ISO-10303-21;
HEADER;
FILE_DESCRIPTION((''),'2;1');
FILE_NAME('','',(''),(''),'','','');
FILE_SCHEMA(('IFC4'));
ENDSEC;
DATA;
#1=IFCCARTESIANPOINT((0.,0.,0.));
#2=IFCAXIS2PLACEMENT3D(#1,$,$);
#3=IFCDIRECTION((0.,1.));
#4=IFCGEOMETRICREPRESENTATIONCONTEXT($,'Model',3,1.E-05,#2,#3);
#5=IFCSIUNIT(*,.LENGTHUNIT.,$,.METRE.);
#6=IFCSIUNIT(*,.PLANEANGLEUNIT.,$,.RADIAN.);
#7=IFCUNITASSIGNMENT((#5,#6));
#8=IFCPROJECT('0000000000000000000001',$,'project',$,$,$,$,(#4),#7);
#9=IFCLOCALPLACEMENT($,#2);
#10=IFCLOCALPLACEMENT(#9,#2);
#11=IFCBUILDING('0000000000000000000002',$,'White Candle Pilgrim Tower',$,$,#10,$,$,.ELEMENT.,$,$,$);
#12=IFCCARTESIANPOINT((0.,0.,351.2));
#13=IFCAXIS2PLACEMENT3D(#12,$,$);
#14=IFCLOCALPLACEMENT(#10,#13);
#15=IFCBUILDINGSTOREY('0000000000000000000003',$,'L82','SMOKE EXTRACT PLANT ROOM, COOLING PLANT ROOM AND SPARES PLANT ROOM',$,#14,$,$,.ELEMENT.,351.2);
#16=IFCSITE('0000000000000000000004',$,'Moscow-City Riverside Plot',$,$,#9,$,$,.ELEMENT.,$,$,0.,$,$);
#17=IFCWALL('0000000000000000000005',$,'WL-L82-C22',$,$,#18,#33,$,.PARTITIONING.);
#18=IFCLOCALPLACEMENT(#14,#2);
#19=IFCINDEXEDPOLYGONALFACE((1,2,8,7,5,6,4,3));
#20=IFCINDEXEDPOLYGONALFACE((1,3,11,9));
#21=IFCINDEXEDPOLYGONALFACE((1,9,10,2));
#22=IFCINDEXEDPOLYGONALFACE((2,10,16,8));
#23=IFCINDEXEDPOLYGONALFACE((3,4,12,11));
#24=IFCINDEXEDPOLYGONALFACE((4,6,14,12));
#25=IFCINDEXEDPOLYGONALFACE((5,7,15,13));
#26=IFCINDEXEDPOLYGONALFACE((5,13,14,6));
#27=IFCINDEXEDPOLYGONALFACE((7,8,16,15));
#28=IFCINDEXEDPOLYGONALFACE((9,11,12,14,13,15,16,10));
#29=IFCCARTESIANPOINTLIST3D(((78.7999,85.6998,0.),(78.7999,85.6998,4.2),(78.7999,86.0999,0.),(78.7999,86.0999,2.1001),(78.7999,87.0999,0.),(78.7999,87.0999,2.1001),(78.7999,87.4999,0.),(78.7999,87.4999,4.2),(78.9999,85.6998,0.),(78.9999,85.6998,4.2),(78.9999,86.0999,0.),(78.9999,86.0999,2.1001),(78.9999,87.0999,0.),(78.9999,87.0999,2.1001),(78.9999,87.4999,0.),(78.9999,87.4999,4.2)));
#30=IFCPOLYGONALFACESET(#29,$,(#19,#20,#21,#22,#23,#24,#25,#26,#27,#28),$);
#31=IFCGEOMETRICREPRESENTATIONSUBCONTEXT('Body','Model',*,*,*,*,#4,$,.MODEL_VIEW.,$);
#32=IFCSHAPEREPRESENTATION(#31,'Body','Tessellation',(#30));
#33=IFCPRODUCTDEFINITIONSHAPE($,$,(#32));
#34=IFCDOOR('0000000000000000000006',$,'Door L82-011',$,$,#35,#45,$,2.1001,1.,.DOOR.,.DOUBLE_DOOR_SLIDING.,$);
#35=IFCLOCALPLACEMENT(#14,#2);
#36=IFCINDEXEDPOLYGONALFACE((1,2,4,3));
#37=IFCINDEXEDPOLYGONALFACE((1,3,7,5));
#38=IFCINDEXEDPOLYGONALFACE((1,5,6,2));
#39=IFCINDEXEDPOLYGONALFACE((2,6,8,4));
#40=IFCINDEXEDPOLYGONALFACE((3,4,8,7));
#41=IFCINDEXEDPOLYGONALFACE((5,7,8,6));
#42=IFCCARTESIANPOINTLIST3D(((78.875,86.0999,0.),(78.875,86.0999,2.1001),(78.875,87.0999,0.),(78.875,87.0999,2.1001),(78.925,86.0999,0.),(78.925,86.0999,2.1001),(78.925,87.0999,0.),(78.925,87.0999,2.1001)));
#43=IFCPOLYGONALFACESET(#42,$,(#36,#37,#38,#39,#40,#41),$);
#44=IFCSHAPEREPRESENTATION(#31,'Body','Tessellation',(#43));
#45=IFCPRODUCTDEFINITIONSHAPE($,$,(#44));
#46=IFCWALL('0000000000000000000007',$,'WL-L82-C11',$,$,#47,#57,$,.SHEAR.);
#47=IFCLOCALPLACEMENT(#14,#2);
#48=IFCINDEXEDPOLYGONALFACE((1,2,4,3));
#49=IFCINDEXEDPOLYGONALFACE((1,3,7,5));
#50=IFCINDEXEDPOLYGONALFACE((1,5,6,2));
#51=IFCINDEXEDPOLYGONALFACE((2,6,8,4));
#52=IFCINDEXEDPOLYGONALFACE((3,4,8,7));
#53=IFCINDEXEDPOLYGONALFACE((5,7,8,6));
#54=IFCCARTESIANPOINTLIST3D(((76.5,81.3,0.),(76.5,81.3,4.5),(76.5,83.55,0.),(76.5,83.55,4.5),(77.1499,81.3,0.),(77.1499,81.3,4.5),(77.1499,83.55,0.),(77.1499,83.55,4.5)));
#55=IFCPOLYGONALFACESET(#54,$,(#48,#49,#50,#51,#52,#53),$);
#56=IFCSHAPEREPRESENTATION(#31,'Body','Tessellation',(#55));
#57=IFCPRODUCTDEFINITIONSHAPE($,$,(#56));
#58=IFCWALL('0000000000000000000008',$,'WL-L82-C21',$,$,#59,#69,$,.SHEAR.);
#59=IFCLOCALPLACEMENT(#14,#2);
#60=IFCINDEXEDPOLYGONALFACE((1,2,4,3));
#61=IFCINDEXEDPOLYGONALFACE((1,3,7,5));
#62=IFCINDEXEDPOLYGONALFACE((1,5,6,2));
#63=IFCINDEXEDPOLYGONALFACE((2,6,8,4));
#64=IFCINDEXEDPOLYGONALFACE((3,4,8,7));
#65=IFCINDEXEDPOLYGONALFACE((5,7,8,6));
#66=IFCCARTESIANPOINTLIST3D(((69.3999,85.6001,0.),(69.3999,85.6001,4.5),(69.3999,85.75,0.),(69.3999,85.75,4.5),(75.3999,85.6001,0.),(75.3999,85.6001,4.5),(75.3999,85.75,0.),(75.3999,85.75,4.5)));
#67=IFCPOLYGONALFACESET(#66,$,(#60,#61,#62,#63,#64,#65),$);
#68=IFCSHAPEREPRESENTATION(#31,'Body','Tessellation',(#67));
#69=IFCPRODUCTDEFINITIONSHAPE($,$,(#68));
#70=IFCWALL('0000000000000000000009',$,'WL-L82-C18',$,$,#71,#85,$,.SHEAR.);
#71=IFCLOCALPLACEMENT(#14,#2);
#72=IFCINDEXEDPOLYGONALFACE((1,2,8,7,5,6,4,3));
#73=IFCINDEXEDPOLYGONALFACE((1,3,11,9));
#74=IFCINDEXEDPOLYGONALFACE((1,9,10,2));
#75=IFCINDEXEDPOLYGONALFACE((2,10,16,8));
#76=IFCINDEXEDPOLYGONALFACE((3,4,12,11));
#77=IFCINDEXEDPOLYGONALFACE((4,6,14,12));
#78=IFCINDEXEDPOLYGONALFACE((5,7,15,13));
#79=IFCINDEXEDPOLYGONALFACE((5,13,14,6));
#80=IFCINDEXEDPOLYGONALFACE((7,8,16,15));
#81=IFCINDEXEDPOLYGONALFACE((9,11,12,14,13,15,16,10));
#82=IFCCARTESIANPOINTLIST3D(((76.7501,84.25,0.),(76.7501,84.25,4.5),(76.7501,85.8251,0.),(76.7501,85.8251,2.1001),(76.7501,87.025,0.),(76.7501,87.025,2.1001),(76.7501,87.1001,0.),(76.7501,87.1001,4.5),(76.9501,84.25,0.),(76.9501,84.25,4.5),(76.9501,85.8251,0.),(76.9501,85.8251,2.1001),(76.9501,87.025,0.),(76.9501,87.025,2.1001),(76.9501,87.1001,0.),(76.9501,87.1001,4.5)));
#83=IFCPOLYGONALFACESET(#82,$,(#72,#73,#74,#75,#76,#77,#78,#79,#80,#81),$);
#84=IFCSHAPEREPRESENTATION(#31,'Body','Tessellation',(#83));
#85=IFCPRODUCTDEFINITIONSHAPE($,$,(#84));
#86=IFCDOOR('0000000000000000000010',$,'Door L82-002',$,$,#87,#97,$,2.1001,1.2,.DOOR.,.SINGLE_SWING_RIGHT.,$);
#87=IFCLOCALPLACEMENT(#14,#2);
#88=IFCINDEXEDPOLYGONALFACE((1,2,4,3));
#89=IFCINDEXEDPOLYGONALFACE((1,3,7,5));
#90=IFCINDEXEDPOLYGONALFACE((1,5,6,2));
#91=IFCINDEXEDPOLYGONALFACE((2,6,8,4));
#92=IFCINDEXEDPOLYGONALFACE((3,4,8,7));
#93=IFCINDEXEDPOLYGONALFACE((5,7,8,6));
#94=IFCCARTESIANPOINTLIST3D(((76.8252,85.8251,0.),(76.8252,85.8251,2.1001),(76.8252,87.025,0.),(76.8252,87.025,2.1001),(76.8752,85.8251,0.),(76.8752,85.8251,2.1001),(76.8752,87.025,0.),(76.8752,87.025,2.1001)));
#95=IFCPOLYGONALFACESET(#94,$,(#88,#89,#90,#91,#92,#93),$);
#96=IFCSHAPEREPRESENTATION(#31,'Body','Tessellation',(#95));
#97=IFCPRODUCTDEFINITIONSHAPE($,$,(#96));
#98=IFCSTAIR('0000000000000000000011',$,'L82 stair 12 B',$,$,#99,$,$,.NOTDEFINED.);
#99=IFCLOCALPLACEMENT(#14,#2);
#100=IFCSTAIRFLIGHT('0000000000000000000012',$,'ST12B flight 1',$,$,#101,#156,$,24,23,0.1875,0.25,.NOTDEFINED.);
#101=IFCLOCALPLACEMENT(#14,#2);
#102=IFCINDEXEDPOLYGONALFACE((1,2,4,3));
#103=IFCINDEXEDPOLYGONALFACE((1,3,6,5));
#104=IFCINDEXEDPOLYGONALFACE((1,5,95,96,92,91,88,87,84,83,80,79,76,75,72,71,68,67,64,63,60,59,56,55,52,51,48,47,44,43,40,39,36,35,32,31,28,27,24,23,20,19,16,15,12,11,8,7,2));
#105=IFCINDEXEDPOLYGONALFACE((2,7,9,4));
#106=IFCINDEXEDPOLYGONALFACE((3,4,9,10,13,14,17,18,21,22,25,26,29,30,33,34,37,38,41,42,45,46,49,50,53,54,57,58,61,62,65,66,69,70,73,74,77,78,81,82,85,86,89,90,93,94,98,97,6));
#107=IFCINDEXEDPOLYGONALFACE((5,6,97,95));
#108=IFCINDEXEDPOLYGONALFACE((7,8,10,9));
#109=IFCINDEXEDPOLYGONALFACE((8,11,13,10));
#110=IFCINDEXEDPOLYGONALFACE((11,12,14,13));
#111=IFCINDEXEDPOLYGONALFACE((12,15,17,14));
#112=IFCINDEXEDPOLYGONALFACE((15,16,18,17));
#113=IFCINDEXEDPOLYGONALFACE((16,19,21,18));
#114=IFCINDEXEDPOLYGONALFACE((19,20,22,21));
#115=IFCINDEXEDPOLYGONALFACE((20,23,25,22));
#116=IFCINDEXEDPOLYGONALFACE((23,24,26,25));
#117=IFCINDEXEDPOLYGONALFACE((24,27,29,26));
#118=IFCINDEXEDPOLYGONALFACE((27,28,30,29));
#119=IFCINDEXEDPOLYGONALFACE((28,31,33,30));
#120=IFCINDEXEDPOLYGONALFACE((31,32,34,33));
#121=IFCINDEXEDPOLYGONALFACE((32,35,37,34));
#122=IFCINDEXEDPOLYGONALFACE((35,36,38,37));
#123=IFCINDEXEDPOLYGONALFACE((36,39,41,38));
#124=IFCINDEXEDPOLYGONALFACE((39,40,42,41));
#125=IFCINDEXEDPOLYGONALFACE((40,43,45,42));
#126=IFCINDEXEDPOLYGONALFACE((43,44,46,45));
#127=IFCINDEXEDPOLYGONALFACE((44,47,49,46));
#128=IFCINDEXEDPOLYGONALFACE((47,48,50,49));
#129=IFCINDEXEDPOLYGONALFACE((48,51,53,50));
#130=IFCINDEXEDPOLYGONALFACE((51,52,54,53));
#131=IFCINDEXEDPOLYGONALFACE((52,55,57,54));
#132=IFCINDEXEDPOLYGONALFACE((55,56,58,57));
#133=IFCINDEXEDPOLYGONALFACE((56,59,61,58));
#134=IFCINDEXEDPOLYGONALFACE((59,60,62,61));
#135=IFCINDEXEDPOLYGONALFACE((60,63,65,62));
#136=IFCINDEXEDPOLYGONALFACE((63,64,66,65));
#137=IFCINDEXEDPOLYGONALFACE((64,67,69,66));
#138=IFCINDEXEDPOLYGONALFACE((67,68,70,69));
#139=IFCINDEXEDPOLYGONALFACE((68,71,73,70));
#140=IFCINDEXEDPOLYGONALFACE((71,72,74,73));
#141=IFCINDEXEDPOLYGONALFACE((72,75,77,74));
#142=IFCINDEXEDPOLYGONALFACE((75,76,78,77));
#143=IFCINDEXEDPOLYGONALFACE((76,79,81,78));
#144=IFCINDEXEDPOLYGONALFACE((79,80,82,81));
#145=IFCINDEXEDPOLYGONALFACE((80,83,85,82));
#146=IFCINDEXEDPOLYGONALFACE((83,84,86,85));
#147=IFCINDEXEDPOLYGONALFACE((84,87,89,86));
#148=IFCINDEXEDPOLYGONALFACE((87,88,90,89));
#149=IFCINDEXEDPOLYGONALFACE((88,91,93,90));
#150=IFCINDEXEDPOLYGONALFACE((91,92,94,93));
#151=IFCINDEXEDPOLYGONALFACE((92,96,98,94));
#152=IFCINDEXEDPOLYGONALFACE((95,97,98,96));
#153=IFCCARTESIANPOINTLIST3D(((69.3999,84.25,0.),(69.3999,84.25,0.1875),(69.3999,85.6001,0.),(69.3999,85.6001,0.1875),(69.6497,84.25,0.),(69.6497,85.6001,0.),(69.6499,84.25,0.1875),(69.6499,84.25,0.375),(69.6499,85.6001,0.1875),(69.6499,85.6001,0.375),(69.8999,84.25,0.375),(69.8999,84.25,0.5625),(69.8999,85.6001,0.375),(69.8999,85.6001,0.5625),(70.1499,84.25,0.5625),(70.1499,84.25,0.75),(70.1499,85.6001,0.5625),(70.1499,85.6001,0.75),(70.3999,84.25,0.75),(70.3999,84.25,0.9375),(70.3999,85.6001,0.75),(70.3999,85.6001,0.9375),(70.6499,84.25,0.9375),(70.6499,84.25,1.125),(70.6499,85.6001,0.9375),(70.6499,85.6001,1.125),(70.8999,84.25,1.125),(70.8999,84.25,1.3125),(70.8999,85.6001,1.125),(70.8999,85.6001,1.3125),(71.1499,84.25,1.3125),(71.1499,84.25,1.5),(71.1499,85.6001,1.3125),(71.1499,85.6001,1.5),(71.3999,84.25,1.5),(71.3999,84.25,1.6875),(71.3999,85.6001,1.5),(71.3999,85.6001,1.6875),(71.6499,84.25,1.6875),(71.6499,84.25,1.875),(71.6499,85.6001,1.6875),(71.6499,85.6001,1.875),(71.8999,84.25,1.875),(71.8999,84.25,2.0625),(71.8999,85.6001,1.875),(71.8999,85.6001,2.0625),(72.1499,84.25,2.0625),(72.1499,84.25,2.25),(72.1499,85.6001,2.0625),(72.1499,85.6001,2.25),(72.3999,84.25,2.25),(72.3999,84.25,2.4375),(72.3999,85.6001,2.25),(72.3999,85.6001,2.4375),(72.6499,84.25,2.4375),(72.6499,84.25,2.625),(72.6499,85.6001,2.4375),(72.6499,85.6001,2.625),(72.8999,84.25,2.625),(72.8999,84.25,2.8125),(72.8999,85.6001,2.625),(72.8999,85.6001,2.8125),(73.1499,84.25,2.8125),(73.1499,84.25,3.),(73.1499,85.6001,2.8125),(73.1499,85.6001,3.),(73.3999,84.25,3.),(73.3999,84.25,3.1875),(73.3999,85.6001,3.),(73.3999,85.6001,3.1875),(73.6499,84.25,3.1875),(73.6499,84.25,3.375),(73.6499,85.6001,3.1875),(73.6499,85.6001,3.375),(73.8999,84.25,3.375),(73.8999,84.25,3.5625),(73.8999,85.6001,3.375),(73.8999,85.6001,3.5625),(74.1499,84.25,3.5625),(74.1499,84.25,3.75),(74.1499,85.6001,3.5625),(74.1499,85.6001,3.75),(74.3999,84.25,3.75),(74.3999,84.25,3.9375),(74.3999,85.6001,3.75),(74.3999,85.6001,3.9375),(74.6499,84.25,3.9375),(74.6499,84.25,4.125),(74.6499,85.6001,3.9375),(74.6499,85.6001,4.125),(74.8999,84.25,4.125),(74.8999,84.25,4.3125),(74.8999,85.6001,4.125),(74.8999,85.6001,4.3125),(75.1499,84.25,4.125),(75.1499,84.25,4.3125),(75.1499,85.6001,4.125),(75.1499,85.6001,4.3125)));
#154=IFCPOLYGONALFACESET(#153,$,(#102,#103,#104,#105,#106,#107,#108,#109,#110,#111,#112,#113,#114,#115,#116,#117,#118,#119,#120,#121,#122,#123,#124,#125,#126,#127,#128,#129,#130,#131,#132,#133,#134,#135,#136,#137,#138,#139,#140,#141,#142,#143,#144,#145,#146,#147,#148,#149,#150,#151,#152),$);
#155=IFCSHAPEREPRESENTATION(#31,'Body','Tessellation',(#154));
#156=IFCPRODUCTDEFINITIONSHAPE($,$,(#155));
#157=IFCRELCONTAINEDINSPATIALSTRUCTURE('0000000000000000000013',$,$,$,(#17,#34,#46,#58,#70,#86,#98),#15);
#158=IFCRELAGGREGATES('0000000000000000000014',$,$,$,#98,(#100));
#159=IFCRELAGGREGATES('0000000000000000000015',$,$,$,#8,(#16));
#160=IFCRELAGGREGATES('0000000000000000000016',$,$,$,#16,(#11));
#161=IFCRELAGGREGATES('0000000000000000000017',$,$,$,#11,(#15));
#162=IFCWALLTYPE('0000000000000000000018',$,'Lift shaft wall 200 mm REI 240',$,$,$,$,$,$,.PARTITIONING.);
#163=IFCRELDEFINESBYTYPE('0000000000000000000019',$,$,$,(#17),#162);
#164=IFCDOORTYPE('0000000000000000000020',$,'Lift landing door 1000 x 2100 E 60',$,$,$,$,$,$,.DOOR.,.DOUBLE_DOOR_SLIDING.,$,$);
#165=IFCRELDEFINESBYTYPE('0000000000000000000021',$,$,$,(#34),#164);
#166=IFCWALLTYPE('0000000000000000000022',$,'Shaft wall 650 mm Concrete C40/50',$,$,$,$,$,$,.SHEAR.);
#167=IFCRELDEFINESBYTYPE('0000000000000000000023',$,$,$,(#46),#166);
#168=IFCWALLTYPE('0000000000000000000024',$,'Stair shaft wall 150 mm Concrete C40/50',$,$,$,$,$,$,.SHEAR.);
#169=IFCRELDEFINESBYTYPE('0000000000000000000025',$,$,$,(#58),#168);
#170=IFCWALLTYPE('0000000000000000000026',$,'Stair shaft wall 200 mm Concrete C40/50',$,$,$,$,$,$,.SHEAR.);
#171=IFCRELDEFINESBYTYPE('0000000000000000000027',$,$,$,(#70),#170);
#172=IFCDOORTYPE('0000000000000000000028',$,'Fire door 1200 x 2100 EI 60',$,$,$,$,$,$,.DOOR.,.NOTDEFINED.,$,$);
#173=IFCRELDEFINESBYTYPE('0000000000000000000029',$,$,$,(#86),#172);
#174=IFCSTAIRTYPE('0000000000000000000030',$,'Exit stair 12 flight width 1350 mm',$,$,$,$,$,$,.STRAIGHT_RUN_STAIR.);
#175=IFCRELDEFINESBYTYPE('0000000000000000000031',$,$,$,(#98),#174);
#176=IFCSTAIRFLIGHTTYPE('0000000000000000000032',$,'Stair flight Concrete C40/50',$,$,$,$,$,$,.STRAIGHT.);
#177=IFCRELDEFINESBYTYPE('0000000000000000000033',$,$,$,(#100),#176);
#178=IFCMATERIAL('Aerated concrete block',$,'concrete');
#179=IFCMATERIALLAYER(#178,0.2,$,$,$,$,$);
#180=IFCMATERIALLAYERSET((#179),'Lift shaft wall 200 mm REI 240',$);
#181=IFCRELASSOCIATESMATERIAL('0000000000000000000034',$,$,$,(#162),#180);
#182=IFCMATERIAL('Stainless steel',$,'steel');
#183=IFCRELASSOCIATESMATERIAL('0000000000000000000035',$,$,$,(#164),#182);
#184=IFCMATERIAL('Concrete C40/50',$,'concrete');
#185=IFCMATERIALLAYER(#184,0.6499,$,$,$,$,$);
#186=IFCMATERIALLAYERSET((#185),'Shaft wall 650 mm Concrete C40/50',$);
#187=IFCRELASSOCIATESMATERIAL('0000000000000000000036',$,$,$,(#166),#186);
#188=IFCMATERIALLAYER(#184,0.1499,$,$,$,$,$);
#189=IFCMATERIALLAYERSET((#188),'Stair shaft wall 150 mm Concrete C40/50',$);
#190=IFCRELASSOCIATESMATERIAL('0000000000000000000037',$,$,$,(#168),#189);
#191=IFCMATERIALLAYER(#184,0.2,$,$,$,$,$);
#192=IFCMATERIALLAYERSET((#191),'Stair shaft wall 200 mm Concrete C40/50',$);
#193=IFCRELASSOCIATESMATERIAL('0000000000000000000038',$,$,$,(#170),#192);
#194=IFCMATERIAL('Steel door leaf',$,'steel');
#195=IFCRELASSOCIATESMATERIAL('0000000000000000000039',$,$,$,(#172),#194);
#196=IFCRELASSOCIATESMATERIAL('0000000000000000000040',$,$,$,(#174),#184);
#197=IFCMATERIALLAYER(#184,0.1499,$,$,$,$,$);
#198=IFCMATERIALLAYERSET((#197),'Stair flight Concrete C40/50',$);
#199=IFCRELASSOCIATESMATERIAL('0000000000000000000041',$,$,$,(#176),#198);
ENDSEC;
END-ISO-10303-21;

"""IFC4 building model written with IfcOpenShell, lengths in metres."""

from ifc_helpers import new_model, si_unit, direction, frame, frame_2d, origin, place, context, subcontext, project, spatial, polyline, rectangle, outline, extrude, material, layer, layer_set, type_object, element, fill, aggregate, save


model = new_model("IFC4")

# Units and contexts
model_context = context("Model", 3, precision=1e-05, world=origin(), true_north=direction((0.0, 1.0)))
body_context = subcontext(model_context, "Body", "Model", "MODEL_VIEW")
ifc_project = project(units=[si_unit("LENGTHUNIT", "METRE"), si_unit("PLANEANGLEUNIT", "RADIAN")], contexts=[model_context])

# Site, building, storey
site_placement = place(None, origin())
site = spatial("IfcSite", under=ifc_project, at=site_placement, Name="Moscow-City Riverside Plot", CompositionType="ELEMENT", RefElevation=0.0)
building_placement = place(site_placement, origin())
building = spatial("IfcBuilding", under=site, at=building_placement, Name="White Candle Pilgrim Tower", CompositionType="ELEMENT")
storey_placement = place(building_placement, frame((0.0, 0.0, 351.2)))
storey = spatial("IfcBuildingStorey", under=building, at=storey_placement, Name="L82", Description="SMOKE EXTRACT PLANT ROOM, COOLING PLANT ROOM AND SPARES PLANT ROOM", CompositionType="ELEMENT", Elevation=351.2)

# Shared definitions
ifc_material_1 = material(Name="Concrete C40/50", Category="concrete")

# Shared definitions
ifc_material_2 = material(Name="Steel door leaf", Category="steel")

# Shared definitions
ifc_material_3 = material(Name="Aerated concrete block", Category="concrete")
ifc_layer_1 = layer(ifc_material_3, 0.2)
ifc_layer_set_1 = layer_set([ifc_layer_1], Name="Lift shaft wall 200 mm REI 240")
wall_type_1 = type_object("IfcWallType", Name="Lift shaft wall 200 mm REI 240", PredefinedType="PARTITIONING", material=ifc_layer_set_1)

# Wall, opening, door
wall_1_placement = place(storey_placement, frame((78.8999, 85.7, 0.0), z_axis=(0.0, 0.0, 1.0), x_axis=(0.0, 1.0, 0.0)))
wall_1 = element("IfcWall", 1, at=wall_1_placement, inside=storey, type_object=wall_type_1, Name="WL-L82-C22", PredefinedType="PARTITIONING", context=body_context, shape_type="SweptSolid", body=[
    extrude(rectangle(XDim=1.8, YDim=0.2, at=frame_2d((0.8999, 0.0))), origin(), (0.0, 0.0, 1.0), 4.2),
])
opening_1_placement = place(wall_1_placement, frame((0.3999, 0.0, 0.0)))
opening_1 = element("IfcOpeningElement", 2, at=opening_1_placement, cuts=wall_1, PredefinedType="OPENING", context=body_context, shape_type="SweptSolid", body=[
    extrude(rectangle(XDim=1.0, YDim=2.1001, at=frame_2d((0.5, 1.05))), frame((0.0, 0.1099, 0.0), z_axis=(0.0, -1.0, 0.0), x_axis=(1.0, 0.0, 0.0)), (0.0, 0.0, 1.0), 0.22),
])
ifc_material_4 = material(Name="Stainless steel", Category="steel")
door_type_1 = type_object("IfcDoorType", Name="Lift landing door 1000 x 2100 E 60", OperationType="DOUBLE_DOOR_SLIDING", PredefinedType="DOOR", material=ifc_material_4)
door_1_placement = place(opening_1_placement, origin())
door_1 = element("IfcDoor", 3, at=door_1_placement, inside=storey, type_object=door_type_1, Name="Door L82-011", OperationType="DOUBLE_DOOR_SLIDING", OverallHeight=2.1001, OverallWidth=1.0, PredefinedType="DOOR", context=body_context, shape_type="SweptSolid", body=[
    extrude(rectangle(XDim=1.0, YDim=2.1001, at=frame_2d((0.5, 1.05))), frame((0.0, 0.0249, 0.0), z_axis=(0.0, -1.0, 0.0), x_axis=(1.0, 0.0, 0.0)), (0.0, 0.0, 1.0), 0.05),
])
fill(opening_1, door_1)

# Walls
ifc_layer_2 = layer(ifc_material_1, 0.6499)
ifc_layer_set_2 = layer_set([ifc_layer_2], Name="Shaft wall 650 mm Concrete C40/50")
wall_type_2 = type_object("IfcWallType", Name="Shaft wall 650 mm Concrete C40/50", PredefinedType="SHEAR", material=ifc_layer_set_2)
wall_2_placement = place(storey_placement, frame((76.825, 81.3, 0.0), z_axis=(0.0, 0.0, 1.0), x_axis=(0.0, 1.0, 0.0)))
element("IfcWall", 4, at=wall_2_placement, inside=storey, type_object=wall_type_2, Name="WL-L82-C11", PredefinedType="SHEAR", context=body_context, shape_type="SweptSolid", body=[
    extrude(rectangle(XDim=2.25, YDim=0.6499, at=frame_2d((1.125, 0.0))), origin(), (0.0, 0.0, 1.0), 4.5),
])
ifc_layer_3 = layer(ifc_material_1, 0.1499)
ifc_layer_set_3 = layer_set([ifc_layer_3], Name="Stair shaft wall 150 mm Concrete C40/50")
wall_type_3 = type_object("IfcWallType", Name="Stair shaft wall 150 mm Concrete C40/50", PredefinedType="SHEAR", material=ifc_layer_set_3)
wall_3_placement = place(storey_placement, frame((69.3999, 85.675, 0.0), z_axis=(0.0, 0.0, 1.0), x_axis=(1.0, 0.0, 0.0)))
element("IfcWall", 5, at=wall_3_placement, inside=storey, type_object=wall_type_3, Name="WL-L82-C21", PredefinedType="SHEAR", context=body_context, shape_type="SweptSolid", body=[
    extrude(rectangle(XDim=6.0, YDim=0.1499, at=frame_2d((3.0, 0.0))), origin(), (0.0, 0.0, 1.0), 4.5),
])

# Wall, opening, door
ifc_layer_4 = layer(ifc_material_1, 0.2)
ifc_layer_set_4 = layer_set([ifc_layer_4], Name="Stair shaft wall 200 mm Concrete C40/50")
wall_type_4 = type_object("IfcWallType", Name="Stair shaft wall 200 mm Concrete C40/50", PredefinedType="SHEAR", material=ifc_layer_set_4)
wall_4_placement = place(storey_placement, frame((76.8501, 84.25, 0.0), z_axis=(0.0, 0.0, 1.0), x_axis=(0.0, 1.0, 0.0)))
wall_4 = element("IfcWall", 6, at=wall_4_placement, inside=storey, type_object=wall_type_4, Name="WL-L82-C18", PredefinedType="SHEAR", context=body_context, shape_type="SweptSolid", body=[
    extrude(rectangle(XDim=2.8501, YDim=0.2, at=frame_2d((1.425, 0.0))), origin(), (0.0, 0.0, 1.0), 4.5),
])
opening_2_placement = place(wall_4_placement, frame((1.575, 0.0, 0.0)))
opening_2 = element("IfcOpeningElement", 7, at=opening_2_placement, cuts=wall_4, PredefinedType="OPENING", context=body_context, shape_type="SweptSolid", body=[
    extrude(rectangle(XDim=1.2, YDim=2.1001, at=frame_2d((0.6001, 1.05))), frame((0.0, 0.1099, 0.0), z_axis=(0.0, -1.0, 0.0), x_axis=(1.0, 0.0, 0.0)), (0.0, 0.0, 1.0), 0.22),
])
door_type_2 = type_object("IfcDoorType", Name="Fire door 1200 x 2100 EI 60", OperationType="NOTDEFINED", PredefinedType="DOOR", material=ifc_material_2)
door_2_placement = place(opening_2_placement, origin())
door_2 = element("IfcDoor", 8, at=door_2_placement, inside=storey, type_object=door_type_2, Name="Door L82-002", OperationType="SINGLE_SWING_RIGHT", OverallHeight=2.1001, OverallWidth=1.2, PredefinedType="DOOR", context=body_context, shape_type="SweptSolid", body=[
    extrude(rectangle(XDim=1.2, YDim=2.1001, at=frame_2d((0.6001, 1.05))), frame((0.0, 0.0249, 0.0), z_axis=(0.0, -1.0, 0.0), x_axis=(1.0, 0.0, 0.0)), (0.0, 0.0, 1.0), 0.05),
])
fill(opening_2, door_2)

# Stair, stair flight
stair_type = type_object("IfcStairType", Name="Exit stair 12 flight width 1350 mm", PredefinedType="STRAIGHT_RUN_STAIR", material=ifc_material_1)
stair_1_placement = place(storey_placement, origin())
stair_1 = element("IfcStair", 9, at=stair_1_placement, inside=storey, type_object=stair_type, Name="L82 stair 12 B", PredefinedType="NOTDEFINED")
ifc_layer_5 = layer(ifc_material_1, 0.1499)
ifc_layer_set_5 = layer_set([ifc_layer_5], Name="Stair flight Concrete C40/50")
stair_flight_type = type_object("IfcStairFlightType", Name="Stair flight Concrete C40/50", PredefinedType="STRAIGHT", material=ifc_layer_set_5)
stair_flight_1_placement = place(storey_placement, frame((69.3999, 84.925, 0.0), z_axis=(0.0, 0.0, 1.0), x_axis=(1.0, 0.0, 0.0)))
stair_flight_1 = element("IfcStairFlight", 10, at=stair_flight_1_placement, type_object=stair_flight_type, Name="ST12B flight 1", NumberOfRisers=24, NumberOfTreads=23, PredefinedType="NOTDEFINED", RiserHeight=0.1875, TreadLength=0.25, context=body_context, shape_type="SweptSolid", body=[
    extrude(outline(polyline([(0.0, 0.0), (0.0, 0.1875), (0.25, 0.1875), (0.25, 0.375), (0.5, 0.375), (0.5, 0.5625), (0.75, 0.5625), (0.75, 0.75), (1.0, 0.75), (1.0, 0.9375), (1.25, 0.9375), (1.25, 1.125), (1.5, 1.125), (1.5, 1.3125), (1.75, 1.3125), (1.75, 1.5), (2.0, 1.5), (2.0, 1.6875), (2.25, 1.6875), (2.25, 1.875), (2.5, 1.875), (2.5, 2.0625), (2.75, 2.0625), (2.75, 2.25), (3.0, 2.25), (3.0, 2.4375), (3.25, 2.4375), (3.25, 2.625), (3.5, 2.625), (3.5, 2.8125), (3.75, 2.8125), (3.75, 3.0), (4.0, 3.0), (4.0, 3.1875), (4.25, 3.1875), (4.25, 3.375), (4.5, 3.375), (4.5, 3.5625), (4.75, 3.5625), (4.75, 3.75), (5.0, 3.75), (5.0, 3.9375), (5.25, 3.9375), (5.25, 4.125), (5.5, 4.125), (5.5, 4.3125), (5.75, 4.3125), (5.75, 4.5), (5.75, 4.125), (0.2498, 0.0), (0.0, 0.0)])), frame((0.0, 0.675, 0.0), z_axis=(0.0, -1.0, 0.0), x_axis=(1.0, 0.0, 0.0)), (0.0, 0.0, 1.0), 1.3501),
])
aggregate(stair_1, [stair_flight_1])

save(model, "model.ifc")
